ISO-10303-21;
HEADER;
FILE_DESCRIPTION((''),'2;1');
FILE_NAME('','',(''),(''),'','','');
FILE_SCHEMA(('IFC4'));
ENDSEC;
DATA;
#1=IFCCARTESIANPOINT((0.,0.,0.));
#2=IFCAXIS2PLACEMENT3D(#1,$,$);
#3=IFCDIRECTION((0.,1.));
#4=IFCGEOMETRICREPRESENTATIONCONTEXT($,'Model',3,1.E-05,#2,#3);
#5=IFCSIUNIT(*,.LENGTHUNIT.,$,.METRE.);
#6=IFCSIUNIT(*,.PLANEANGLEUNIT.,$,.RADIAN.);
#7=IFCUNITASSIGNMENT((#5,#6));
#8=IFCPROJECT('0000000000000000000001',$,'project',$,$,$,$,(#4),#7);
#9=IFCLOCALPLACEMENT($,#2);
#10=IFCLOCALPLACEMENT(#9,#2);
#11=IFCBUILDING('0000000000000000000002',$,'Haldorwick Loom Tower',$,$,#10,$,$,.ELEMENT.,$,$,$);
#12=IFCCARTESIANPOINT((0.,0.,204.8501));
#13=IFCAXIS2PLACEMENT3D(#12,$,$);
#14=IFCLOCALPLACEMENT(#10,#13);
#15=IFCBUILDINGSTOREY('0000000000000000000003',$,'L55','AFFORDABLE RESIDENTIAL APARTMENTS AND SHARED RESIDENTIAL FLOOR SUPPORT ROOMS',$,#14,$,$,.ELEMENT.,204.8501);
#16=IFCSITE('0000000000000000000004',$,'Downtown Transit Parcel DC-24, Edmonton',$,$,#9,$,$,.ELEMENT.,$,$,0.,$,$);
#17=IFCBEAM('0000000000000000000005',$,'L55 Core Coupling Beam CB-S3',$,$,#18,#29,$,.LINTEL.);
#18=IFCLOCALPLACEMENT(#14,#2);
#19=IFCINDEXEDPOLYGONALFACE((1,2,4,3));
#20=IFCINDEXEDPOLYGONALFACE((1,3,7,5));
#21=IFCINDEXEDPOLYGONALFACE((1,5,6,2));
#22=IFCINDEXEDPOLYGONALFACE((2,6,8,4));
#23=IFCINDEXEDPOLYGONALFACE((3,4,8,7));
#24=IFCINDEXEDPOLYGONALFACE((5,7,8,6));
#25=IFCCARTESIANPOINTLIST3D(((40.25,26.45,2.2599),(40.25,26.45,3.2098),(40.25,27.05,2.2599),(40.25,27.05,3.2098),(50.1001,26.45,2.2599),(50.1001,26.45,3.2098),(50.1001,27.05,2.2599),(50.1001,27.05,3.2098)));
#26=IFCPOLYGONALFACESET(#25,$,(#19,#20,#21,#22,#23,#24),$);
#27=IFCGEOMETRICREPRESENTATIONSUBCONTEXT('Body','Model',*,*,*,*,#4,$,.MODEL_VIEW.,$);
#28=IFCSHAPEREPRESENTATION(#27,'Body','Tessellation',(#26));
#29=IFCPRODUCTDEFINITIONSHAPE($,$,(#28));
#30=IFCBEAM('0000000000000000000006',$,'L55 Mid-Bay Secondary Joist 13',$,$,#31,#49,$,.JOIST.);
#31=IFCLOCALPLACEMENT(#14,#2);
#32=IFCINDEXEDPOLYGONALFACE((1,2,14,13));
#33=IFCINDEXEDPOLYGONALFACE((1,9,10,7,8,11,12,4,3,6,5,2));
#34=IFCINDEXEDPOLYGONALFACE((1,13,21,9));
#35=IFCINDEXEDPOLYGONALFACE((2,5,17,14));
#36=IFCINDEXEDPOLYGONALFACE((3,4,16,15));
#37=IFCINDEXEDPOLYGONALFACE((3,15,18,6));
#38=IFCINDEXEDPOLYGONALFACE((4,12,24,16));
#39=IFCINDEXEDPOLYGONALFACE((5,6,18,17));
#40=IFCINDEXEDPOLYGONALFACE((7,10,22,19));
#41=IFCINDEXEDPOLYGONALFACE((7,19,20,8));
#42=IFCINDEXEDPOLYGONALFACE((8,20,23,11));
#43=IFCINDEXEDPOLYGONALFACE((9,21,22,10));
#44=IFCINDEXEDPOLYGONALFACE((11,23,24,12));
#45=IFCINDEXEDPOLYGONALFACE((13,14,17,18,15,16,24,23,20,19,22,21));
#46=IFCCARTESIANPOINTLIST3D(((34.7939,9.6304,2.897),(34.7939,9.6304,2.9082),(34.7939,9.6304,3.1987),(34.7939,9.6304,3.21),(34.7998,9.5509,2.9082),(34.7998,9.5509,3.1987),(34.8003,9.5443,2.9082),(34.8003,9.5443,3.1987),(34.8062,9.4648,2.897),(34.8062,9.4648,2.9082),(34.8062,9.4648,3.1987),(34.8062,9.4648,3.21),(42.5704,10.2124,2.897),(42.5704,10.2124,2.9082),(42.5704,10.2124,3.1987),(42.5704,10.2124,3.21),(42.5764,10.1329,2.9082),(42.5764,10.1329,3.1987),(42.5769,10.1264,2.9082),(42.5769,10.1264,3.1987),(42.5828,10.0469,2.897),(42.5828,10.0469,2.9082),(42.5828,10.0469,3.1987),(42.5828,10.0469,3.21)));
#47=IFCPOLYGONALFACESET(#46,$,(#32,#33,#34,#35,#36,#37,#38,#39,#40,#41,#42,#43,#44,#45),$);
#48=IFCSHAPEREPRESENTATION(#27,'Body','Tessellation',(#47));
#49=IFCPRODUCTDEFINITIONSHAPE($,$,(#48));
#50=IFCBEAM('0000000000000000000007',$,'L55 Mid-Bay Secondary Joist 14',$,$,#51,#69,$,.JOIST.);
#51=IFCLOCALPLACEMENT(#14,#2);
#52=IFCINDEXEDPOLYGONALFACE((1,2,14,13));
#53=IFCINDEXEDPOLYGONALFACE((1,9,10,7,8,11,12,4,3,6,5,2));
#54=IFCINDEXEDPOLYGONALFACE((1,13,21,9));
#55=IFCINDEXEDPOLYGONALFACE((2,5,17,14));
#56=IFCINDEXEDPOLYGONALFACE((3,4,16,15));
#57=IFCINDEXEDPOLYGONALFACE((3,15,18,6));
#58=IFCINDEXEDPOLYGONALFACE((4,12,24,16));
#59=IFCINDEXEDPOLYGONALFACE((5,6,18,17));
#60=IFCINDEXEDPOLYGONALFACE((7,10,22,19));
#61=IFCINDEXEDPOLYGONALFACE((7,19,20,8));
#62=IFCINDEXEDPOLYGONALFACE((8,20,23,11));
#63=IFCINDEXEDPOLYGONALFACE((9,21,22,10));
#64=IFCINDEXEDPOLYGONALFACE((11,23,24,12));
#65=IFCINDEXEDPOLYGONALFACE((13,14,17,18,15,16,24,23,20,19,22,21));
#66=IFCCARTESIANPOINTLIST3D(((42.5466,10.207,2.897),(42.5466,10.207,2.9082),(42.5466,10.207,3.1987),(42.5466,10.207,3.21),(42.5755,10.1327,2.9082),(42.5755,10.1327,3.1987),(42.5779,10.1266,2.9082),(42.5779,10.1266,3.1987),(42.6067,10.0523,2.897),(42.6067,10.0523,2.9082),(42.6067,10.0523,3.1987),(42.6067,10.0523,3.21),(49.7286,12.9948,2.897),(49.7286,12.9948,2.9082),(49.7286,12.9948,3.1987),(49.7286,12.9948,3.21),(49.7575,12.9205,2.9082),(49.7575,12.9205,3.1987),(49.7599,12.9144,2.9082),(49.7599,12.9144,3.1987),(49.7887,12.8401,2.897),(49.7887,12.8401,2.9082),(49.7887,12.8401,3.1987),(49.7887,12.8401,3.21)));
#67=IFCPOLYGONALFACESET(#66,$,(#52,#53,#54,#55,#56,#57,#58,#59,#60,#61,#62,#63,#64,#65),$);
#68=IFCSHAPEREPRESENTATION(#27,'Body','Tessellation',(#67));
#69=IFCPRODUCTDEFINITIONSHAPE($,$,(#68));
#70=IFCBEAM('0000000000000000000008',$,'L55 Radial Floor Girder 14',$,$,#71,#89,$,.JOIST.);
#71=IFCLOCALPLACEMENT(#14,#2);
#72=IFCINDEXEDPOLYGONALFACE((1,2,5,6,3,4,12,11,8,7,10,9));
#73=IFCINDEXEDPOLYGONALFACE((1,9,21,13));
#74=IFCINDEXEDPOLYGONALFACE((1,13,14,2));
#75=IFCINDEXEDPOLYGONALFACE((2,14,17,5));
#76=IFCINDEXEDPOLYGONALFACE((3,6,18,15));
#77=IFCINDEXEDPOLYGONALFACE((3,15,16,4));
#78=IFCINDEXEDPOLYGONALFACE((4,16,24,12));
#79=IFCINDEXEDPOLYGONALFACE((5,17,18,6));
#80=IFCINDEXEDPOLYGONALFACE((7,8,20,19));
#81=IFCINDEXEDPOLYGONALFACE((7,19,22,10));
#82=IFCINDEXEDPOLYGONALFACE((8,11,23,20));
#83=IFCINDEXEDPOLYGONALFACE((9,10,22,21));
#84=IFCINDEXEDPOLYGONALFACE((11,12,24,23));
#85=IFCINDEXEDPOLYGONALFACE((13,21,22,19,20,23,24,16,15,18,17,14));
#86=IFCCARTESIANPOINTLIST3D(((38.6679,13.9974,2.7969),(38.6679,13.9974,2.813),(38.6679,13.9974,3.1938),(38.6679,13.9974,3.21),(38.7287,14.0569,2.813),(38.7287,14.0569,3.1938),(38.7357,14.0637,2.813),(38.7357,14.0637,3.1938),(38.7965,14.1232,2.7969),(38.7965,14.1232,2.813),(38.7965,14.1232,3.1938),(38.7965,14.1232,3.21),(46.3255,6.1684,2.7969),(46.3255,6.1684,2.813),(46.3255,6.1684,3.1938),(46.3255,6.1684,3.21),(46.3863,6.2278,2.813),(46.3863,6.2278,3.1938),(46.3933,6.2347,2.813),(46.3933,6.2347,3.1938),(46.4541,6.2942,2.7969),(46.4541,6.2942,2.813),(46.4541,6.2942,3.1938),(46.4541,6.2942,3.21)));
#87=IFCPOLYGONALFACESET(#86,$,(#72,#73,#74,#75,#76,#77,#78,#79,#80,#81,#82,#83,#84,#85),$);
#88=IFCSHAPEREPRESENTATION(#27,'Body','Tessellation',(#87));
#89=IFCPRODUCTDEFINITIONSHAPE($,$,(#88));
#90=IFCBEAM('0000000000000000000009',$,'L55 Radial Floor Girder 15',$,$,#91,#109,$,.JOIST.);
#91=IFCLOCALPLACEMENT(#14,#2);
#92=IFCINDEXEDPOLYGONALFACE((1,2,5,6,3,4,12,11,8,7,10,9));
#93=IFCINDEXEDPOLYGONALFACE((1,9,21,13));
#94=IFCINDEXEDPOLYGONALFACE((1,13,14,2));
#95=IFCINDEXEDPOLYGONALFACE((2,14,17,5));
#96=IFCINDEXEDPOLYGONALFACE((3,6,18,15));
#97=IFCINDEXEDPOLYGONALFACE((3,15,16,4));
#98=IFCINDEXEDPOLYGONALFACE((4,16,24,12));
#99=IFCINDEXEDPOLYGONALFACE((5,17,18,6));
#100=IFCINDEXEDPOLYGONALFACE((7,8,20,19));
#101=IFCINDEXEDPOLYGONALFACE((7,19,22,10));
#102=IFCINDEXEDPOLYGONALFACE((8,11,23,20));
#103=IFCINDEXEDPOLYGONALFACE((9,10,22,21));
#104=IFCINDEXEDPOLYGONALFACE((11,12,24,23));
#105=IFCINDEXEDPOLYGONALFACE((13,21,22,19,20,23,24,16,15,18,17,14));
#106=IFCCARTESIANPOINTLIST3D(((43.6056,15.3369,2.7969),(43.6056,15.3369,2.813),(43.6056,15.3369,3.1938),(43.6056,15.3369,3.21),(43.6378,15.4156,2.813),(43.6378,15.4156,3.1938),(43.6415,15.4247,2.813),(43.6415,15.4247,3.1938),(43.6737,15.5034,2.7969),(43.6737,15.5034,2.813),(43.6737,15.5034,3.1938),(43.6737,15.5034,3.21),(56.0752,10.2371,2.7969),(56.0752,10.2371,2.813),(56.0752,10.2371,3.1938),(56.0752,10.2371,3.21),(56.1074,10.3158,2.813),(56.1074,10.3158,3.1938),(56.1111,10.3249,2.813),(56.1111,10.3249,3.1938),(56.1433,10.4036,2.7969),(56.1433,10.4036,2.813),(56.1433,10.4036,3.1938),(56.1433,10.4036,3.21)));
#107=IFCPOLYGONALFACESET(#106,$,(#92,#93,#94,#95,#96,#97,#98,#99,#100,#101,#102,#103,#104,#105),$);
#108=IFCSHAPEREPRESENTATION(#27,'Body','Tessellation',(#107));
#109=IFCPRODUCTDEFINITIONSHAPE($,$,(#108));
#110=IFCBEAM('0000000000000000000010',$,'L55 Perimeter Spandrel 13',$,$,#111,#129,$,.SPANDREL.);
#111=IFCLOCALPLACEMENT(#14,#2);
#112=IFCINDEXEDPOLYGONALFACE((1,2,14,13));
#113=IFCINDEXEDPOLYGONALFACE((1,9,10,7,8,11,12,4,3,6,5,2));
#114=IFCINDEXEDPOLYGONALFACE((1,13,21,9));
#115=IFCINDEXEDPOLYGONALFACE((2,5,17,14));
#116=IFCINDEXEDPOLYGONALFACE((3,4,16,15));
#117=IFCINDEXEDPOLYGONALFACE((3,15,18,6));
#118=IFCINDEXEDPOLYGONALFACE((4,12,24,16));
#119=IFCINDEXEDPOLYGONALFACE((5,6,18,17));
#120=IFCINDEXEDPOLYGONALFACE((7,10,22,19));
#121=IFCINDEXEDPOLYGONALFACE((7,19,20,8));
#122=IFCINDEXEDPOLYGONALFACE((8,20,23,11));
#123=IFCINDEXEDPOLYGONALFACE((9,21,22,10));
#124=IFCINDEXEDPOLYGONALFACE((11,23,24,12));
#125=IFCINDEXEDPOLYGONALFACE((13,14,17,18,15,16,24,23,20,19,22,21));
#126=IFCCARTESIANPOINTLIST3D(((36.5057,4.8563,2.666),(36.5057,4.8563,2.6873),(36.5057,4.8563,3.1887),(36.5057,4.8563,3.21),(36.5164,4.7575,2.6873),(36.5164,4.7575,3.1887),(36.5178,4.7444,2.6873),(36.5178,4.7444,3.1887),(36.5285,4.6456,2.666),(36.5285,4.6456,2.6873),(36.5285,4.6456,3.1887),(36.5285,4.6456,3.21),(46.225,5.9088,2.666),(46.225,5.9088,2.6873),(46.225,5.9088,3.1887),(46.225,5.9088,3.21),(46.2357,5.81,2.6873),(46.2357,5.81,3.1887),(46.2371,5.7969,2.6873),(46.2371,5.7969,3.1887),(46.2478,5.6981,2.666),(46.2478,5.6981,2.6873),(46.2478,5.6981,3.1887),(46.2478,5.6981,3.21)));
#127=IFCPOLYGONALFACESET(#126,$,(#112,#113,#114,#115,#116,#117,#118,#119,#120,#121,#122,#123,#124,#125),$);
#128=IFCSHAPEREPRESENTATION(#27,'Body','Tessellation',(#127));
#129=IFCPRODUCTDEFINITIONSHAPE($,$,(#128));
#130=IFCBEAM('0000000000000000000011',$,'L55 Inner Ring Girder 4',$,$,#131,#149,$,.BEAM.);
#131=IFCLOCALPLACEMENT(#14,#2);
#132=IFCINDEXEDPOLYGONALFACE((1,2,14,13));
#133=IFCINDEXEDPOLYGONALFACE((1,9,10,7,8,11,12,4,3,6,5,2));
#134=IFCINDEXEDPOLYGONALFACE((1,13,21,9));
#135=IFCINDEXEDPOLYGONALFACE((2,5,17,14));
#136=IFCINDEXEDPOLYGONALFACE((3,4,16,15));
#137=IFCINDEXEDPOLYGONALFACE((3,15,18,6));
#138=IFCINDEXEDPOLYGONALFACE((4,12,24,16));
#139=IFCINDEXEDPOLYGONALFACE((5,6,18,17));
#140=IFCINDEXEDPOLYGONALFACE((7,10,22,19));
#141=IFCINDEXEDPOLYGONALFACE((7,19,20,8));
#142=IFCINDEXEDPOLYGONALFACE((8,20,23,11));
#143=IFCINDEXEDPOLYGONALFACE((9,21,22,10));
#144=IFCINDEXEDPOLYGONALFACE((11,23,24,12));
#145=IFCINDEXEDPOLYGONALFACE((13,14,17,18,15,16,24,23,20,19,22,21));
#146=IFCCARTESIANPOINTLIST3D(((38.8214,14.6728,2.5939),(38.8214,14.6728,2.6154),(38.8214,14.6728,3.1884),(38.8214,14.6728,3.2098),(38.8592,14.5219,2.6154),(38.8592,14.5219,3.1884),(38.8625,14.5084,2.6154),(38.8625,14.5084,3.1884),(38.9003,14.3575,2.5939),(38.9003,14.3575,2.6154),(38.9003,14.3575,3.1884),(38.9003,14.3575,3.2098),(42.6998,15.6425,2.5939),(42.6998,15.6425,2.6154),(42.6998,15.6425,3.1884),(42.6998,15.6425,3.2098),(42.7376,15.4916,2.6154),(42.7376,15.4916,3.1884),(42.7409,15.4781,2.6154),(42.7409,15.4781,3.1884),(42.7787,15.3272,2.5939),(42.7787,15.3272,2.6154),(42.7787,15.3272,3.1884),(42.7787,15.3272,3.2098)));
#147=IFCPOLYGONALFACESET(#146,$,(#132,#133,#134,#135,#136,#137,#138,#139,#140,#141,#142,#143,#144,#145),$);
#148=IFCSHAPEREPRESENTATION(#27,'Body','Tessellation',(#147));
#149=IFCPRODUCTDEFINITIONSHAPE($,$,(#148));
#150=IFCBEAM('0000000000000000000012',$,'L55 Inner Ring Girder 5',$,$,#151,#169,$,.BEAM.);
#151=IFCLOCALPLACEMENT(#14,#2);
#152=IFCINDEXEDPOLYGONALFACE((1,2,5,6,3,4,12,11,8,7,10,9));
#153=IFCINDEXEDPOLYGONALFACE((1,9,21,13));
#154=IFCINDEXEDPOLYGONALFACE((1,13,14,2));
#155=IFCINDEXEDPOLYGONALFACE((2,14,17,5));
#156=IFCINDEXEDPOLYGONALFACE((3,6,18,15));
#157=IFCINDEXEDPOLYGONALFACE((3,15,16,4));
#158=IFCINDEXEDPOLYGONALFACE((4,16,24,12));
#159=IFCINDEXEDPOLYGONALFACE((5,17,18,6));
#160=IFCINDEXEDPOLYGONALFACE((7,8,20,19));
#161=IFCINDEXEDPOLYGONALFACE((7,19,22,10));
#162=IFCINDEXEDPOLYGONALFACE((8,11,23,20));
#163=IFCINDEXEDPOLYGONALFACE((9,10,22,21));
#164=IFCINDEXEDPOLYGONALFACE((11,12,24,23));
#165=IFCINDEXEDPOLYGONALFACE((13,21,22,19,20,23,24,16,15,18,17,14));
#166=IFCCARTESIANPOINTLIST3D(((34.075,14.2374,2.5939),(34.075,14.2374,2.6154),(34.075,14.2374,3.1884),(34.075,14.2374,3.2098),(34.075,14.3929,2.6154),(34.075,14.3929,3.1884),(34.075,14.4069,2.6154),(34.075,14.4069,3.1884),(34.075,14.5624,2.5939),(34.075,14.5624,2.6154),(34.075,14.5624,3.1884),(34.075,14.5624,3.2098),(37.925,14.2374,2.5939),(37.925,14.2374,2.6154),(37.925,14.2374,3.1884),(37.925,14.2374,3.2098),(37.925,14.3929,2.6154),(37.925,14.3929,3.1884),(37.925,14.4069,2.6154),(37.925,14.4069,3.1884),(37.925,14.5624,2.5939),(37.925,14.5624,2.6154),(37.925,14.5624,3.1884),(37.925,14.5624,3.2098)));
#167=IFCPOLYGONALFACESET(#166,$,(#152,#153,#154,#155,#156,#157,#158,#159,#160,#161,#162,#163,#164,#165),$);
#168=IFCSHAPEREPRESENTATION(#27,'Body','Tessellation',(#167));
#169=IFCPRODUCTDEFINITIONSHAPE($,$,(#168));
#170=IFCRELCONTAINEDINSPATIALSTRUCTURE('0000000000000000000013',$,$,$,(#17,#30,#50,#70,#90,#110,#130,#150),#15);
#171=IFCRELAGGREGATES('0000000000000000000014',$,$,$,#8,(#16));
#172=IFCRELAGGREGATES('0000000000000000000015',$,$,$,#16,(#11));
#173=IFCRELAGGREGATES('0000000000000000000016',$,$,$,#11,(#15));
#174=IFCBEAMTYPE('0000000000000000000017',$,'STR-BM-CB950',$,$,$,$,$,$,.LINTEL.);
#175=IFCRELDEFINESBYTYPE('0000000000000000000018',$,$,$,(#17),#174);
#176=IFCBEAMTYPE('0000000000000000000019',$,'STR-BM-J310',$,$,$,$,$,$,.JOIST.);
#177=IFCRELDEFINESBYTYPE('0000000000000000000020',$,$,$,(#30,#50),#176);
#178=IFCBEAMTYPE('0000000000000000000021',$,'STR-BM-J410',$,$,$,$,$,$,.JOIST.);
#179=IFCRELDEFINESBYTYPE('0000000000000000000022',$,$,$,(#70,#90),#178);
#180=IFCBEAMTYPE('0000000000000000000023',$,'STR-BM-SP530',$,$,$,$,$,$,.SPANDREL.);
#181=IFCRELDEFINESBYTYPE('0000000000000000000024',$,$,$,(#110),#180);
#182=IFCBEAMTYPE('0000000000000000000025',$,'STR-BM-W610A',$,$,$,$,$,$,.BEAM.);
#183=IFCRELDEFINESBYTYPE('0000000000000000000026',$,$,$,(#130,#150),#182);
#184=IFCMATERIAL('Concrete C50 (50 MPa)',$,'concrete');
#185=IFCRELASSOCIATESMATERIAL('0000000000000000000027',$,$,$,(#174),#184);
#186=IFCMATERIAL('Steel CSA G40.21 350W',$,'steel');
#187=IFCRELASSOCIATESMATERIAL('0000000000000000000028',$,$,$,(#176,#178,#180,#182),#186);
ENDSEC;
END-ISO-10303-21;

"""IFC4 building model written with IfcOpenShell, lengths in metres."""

from ifc_helpers import new_model, si_unit, direction, frame, origin, origin_2d, place, context, subcontext, project, spatial, rectangle, i_section, extrude, material, material_profile, profile_set, type_object, element, save


model = new_model("IFC4")

# Units and contexts
model_context = context("Model", 3, precision=1e-05, world=origin(), true_north=direction((0.0, 1.0)))
body_context = subcontext(model_context, "Body", "Model", "MODEL_VIEW")
ifc_project = project(units=[si_unit("LENGTHUNIT", "METRE"), si_unit("PLANEANGLEUNIT", "RADIAN")], contexts=[model_context])

# Site, building, storey
site_placement = place(None, origin())
site = spatial("IfcSite", under=ifc_project, at=site_placement, Name="Downtown Transit Parcel DC-24, Edmonton", CompositionType="ELEMENT", RefElevation=0.0)
building_placement = place(site_placement, origin())
building = spatial("IfcBuilding", under=site, at=building_placement, Name="Haldorwick Loom Tower", CompositionType="ELEMENT")
storey_placement = place(building_placement, frame((0.0, 0.0, 204.8501)))
storey = spatial("IfcBuildingStorey", under=building, at=storey_placement, Name="L55", Description="AFFORDABLE RESIDENTIAL APARTMENTS AND SHARED RESIDENTIAL FLOOR SUPPORT ROOMS", CompositionType="ELEMENT", Elevation=204.8501)

# Shared definitions
ifc_material_1 = material(Name="Steel CSA G40.21 350W", Category="steel")

# Beams
ifc_material_2 = material(Name="Concrete C50 (50 MPa)", Category="concrete")
ifc_material_profile_1 = material_profile(ifc_material_2, rectangle(XDim=0.6001, YDim=0.95, at=origin_2d()), Name="RC600X950", Category="concrete")
ifc_profile_set_1 = profile_set([ifc_material_profile_1], Name="Concrete C50 (50 MPa)")
beam_type_1 = type_object("IfcBeamType", Name="STR-BM-CB950", PredefinedType="LINTEL", material=ifc_profile_set_1)
beam_1_placement = place(storey_placement, frame((40.25, 26.75, 2.7349), z_axis=(1.0, 0.0, 0.0), x_axis=(0.0, 1.0, 0.0)))
element("IfcBeam", 1, at=beam_1_placement, inside=storey, type_object=beam_type_1, Name="L55 Core Coupling Beam CB-S3", PredefinedType="LINTEL", context=body_context, shape_type="SweptSolid", body=[
    extrude(rectangle(XDim=0.6001, YDim=0.95, at=origin_2d()), origin(), (0.0, 0.0, 1.0), 9.8501),
])
ifc_material_profile_2 = material_profile(ifc_material_1, i_section(OverallWidth=0.166, OverallDepth=0.313, WebThickness=0.0066, FlangeThickness=0.0112, at=origin_2d()), Name="W310X45", Category="steel")
ifc_profile_set_2 = profile_set([ifc_material_profile_2], Name="Steel CSA G40.21 350W")
beam_type_2 = type_object("IfcBeamType", Name="STR-BM-J310", PredefinedType="JOIST", material=ifc_profile_set_2)
beam_2_placement = place(storey_placement, frame((34.8, 9.5476, 3.0535), z_axis=(0.997211, 0.074635, 0.0), x_axis=(-0.074635, 0.997211, 0.0)))
element("IfcBeam", 2, at=beam_2_placement, inside=storey, type_object=beam_type_2, Name="L55 Mid-Bay Secondary Joist 13", PredefinedType="JOIST", context=body_context, shape_type="SweptSolid", body=[
    extrude(i_section(OverallWidth=0.166, OverallDepth=0.313, WebThickness=0.0066, FlangeThickness=0.0112, at=origin_2d()), origin(), (0.0, 0.0, 1.0), 7.7983),
])
beam_3_placement = place(storey_placement, frame((42.5767, 10.1296, 3.0535), z_axis=(0.932233, 0.361859, 0.0), x_axis=(-0.361859, 0.932233, 0.0)))
element("IfcBeam", 3, at=beam_3_placement, inside=storey, type_object=beam_type_2, Name="L55 Mid-Bay Secondary Joist 14", PredefinedType="JOIST", context=body_context, shape_type="SweptSolid", body=[
    extrude(i_section(OverallWidth=0.166, OverallDepth=0.313, WebThickness=0.0066, FlangeThickness=0.0112, at=origin_2d()), origin(), (0.0, 0.0, 1.0), 7.7041),
])
ifc_material_profile_3 = material_profile(ifc_material_1, i_section(OverallWidth=0.1799, OverallDepth=0.4131, WebThickness=0.0098, FlangeThickness=0.0161, at=origin_2d()), Name="W410X74", Category="steel")
ifc_profile_set_3 = profile_set([ifc_material_profile_3], Name="Steel CSA G40.21 350W")
beam_type_3 = type_object("IfcBeamType", Name="STR-BM-J410", PredefinedType="JOIST", material=ifc_profile_set_3)
beam_4_placement = place(storey_placement, frame((38.7322, 14.0603, 3.0034), z_axis=(0.699239, -0.714888, 0.0), x_axis=(0.714888, 0.699239, 0.0)))
element("IfcBeam", 4, at=beam_4_placement, inside=storey, type_object=beam_type_3, Name="L55 Radial Floor Girder 14", PredefinedType="JOIST", context=body_context, shape_type="SweptSolid", body=[
    extrude(i_section(OverallWidth=0.1799, OverallDepth=0.4131, WebThickness=0.0098, FlangeThickness=0.0161, at=origin_2d()), origin(), (0.0, 0.0, 1.0), 10.9514),
])
beam_5_placement = place(storey_placement, frame((43.6396, 15.4202, 3.0034), z_axis=(0.925583, -0.378544, 0.0), x_axis=(0.378544, 0.925583, 0.0)))
element("IfcBeam", 5, at=beam_5_placement, inside=storey, type_object=beam_type_3, Name="L55 Radial Floor Girder 15", PredefinedType="JOIST", context=body_context, shape_type="SweptSolid", body=[
    extrude(i_section(OverallWidth=0.1799, OverallDepth=0.4131, WebThickness=0.0098, FlangeThickness=0.0161, at=origin_2d()), origin(), (0.0, 0.0, 1.0), 13.4722),
])
ifc_material_profile_4 = material_profile(ifc_material_1, i_section(OverallWidth=0.2119, OverallDepth=0.5439, WebThickness=0.0132, FlangeThickness=0.0212, at=origin_2d()), Name="W530X123", Category="steel")
ifc_profile_set_4 = profile_set([ifc_material_profile_4], Name="Steel CSA G40.21 350W")
beam_type_4 = type_object("IfcBeamType", Name="STR-BM-SP530", PredefinedType="SPANDREL", material=ifc_profile_set_4)
beam_6_placement = place(storey_placement, frame((36.5171, 4.751, 2.938), z_axis=(0.994188, 0.10766, 0.0), x_axis=(-0.10766, 0.994188, 0.0)))
element("IfcBeam", 6, at=beam_6_placement, inside=storey, type_object=beam_type_4, Name="L55 Perimeter Spandrel 13", PredefinedType="SPANDREL", context=body_context, shape_type="SweptSolid", body=[
    extrude(i_section(OverallWidth=0.2119, OverallDepth=0.5439, WebThickness=0.0132, FlangeThickness=0.0212, at=origin_2d()), origin(), (0.0, 0.0, 1.0), 9.7761),
])
ifc_material_profile_5 = material_profile(ifc_material_1, i_section(OverallWidth=0.325, OverallDepth=0.616, WebThickness=0.0139, FlangeThickness=0.0215, at=origin_2d()), Name="W610X174", Category="steel")
ifc_profile_set_5 = profile_set([ifc_material_profile_5], Name="Steel CSA G40.21 350W")
beam_type_5 = type_object("IfcBeamType", Name="STR-BM-W610A", PredefinedType="BEAM", material=ifc_profile_set_5)
beam_7_placement = place(storey_placement, frame((42.7393, 15.4849, 2.9019), z_axis=(-0.970135, -0.242564, 0.0), x_axis=(0.242564, -0.970135, 0.0)))
element("IfcBeam", 7, at=beam_7_placement, inside=storey, type_object=beam_type_5, Name="L55 Inner Ring Girder 4", PredefinedType="BEAM", context=body_context, shape_type="SweptSolid", body=[
    extrude(i_section(OverallWidth=0.325, OverallDepth=0.616, WebThickness=0.0139, FlangeThickness=0.0215, at=origin_2d()), origin(), (0.0, 0.0, 1.0), 3.9978),
])
beam_8_placement = place(storey_placement, frame((37.925, 14.3999, 2.9019), z_axis=(-1.0, 0.0, 0.0), x_axis=(0.0, -1.0, 0.0)))
element("IfcBeam", 8, at=beam_8_placement, inside=storey, type_object=beam_type_5, Name="L55 Inner Ring Girder 5", PredefinedType="BEAM", context=body_context, shape_type="SweptSolid", body=[
    extrude(i_section(OverallWidth=0.325, OverallDepth=0.616, WebThickness=0.0139, FlangeThickness=0.0215, at=origin_2d()), origin(), (0.0, 0.0, 1.0), 3.8501),
])

save(model, "model.ifc")
